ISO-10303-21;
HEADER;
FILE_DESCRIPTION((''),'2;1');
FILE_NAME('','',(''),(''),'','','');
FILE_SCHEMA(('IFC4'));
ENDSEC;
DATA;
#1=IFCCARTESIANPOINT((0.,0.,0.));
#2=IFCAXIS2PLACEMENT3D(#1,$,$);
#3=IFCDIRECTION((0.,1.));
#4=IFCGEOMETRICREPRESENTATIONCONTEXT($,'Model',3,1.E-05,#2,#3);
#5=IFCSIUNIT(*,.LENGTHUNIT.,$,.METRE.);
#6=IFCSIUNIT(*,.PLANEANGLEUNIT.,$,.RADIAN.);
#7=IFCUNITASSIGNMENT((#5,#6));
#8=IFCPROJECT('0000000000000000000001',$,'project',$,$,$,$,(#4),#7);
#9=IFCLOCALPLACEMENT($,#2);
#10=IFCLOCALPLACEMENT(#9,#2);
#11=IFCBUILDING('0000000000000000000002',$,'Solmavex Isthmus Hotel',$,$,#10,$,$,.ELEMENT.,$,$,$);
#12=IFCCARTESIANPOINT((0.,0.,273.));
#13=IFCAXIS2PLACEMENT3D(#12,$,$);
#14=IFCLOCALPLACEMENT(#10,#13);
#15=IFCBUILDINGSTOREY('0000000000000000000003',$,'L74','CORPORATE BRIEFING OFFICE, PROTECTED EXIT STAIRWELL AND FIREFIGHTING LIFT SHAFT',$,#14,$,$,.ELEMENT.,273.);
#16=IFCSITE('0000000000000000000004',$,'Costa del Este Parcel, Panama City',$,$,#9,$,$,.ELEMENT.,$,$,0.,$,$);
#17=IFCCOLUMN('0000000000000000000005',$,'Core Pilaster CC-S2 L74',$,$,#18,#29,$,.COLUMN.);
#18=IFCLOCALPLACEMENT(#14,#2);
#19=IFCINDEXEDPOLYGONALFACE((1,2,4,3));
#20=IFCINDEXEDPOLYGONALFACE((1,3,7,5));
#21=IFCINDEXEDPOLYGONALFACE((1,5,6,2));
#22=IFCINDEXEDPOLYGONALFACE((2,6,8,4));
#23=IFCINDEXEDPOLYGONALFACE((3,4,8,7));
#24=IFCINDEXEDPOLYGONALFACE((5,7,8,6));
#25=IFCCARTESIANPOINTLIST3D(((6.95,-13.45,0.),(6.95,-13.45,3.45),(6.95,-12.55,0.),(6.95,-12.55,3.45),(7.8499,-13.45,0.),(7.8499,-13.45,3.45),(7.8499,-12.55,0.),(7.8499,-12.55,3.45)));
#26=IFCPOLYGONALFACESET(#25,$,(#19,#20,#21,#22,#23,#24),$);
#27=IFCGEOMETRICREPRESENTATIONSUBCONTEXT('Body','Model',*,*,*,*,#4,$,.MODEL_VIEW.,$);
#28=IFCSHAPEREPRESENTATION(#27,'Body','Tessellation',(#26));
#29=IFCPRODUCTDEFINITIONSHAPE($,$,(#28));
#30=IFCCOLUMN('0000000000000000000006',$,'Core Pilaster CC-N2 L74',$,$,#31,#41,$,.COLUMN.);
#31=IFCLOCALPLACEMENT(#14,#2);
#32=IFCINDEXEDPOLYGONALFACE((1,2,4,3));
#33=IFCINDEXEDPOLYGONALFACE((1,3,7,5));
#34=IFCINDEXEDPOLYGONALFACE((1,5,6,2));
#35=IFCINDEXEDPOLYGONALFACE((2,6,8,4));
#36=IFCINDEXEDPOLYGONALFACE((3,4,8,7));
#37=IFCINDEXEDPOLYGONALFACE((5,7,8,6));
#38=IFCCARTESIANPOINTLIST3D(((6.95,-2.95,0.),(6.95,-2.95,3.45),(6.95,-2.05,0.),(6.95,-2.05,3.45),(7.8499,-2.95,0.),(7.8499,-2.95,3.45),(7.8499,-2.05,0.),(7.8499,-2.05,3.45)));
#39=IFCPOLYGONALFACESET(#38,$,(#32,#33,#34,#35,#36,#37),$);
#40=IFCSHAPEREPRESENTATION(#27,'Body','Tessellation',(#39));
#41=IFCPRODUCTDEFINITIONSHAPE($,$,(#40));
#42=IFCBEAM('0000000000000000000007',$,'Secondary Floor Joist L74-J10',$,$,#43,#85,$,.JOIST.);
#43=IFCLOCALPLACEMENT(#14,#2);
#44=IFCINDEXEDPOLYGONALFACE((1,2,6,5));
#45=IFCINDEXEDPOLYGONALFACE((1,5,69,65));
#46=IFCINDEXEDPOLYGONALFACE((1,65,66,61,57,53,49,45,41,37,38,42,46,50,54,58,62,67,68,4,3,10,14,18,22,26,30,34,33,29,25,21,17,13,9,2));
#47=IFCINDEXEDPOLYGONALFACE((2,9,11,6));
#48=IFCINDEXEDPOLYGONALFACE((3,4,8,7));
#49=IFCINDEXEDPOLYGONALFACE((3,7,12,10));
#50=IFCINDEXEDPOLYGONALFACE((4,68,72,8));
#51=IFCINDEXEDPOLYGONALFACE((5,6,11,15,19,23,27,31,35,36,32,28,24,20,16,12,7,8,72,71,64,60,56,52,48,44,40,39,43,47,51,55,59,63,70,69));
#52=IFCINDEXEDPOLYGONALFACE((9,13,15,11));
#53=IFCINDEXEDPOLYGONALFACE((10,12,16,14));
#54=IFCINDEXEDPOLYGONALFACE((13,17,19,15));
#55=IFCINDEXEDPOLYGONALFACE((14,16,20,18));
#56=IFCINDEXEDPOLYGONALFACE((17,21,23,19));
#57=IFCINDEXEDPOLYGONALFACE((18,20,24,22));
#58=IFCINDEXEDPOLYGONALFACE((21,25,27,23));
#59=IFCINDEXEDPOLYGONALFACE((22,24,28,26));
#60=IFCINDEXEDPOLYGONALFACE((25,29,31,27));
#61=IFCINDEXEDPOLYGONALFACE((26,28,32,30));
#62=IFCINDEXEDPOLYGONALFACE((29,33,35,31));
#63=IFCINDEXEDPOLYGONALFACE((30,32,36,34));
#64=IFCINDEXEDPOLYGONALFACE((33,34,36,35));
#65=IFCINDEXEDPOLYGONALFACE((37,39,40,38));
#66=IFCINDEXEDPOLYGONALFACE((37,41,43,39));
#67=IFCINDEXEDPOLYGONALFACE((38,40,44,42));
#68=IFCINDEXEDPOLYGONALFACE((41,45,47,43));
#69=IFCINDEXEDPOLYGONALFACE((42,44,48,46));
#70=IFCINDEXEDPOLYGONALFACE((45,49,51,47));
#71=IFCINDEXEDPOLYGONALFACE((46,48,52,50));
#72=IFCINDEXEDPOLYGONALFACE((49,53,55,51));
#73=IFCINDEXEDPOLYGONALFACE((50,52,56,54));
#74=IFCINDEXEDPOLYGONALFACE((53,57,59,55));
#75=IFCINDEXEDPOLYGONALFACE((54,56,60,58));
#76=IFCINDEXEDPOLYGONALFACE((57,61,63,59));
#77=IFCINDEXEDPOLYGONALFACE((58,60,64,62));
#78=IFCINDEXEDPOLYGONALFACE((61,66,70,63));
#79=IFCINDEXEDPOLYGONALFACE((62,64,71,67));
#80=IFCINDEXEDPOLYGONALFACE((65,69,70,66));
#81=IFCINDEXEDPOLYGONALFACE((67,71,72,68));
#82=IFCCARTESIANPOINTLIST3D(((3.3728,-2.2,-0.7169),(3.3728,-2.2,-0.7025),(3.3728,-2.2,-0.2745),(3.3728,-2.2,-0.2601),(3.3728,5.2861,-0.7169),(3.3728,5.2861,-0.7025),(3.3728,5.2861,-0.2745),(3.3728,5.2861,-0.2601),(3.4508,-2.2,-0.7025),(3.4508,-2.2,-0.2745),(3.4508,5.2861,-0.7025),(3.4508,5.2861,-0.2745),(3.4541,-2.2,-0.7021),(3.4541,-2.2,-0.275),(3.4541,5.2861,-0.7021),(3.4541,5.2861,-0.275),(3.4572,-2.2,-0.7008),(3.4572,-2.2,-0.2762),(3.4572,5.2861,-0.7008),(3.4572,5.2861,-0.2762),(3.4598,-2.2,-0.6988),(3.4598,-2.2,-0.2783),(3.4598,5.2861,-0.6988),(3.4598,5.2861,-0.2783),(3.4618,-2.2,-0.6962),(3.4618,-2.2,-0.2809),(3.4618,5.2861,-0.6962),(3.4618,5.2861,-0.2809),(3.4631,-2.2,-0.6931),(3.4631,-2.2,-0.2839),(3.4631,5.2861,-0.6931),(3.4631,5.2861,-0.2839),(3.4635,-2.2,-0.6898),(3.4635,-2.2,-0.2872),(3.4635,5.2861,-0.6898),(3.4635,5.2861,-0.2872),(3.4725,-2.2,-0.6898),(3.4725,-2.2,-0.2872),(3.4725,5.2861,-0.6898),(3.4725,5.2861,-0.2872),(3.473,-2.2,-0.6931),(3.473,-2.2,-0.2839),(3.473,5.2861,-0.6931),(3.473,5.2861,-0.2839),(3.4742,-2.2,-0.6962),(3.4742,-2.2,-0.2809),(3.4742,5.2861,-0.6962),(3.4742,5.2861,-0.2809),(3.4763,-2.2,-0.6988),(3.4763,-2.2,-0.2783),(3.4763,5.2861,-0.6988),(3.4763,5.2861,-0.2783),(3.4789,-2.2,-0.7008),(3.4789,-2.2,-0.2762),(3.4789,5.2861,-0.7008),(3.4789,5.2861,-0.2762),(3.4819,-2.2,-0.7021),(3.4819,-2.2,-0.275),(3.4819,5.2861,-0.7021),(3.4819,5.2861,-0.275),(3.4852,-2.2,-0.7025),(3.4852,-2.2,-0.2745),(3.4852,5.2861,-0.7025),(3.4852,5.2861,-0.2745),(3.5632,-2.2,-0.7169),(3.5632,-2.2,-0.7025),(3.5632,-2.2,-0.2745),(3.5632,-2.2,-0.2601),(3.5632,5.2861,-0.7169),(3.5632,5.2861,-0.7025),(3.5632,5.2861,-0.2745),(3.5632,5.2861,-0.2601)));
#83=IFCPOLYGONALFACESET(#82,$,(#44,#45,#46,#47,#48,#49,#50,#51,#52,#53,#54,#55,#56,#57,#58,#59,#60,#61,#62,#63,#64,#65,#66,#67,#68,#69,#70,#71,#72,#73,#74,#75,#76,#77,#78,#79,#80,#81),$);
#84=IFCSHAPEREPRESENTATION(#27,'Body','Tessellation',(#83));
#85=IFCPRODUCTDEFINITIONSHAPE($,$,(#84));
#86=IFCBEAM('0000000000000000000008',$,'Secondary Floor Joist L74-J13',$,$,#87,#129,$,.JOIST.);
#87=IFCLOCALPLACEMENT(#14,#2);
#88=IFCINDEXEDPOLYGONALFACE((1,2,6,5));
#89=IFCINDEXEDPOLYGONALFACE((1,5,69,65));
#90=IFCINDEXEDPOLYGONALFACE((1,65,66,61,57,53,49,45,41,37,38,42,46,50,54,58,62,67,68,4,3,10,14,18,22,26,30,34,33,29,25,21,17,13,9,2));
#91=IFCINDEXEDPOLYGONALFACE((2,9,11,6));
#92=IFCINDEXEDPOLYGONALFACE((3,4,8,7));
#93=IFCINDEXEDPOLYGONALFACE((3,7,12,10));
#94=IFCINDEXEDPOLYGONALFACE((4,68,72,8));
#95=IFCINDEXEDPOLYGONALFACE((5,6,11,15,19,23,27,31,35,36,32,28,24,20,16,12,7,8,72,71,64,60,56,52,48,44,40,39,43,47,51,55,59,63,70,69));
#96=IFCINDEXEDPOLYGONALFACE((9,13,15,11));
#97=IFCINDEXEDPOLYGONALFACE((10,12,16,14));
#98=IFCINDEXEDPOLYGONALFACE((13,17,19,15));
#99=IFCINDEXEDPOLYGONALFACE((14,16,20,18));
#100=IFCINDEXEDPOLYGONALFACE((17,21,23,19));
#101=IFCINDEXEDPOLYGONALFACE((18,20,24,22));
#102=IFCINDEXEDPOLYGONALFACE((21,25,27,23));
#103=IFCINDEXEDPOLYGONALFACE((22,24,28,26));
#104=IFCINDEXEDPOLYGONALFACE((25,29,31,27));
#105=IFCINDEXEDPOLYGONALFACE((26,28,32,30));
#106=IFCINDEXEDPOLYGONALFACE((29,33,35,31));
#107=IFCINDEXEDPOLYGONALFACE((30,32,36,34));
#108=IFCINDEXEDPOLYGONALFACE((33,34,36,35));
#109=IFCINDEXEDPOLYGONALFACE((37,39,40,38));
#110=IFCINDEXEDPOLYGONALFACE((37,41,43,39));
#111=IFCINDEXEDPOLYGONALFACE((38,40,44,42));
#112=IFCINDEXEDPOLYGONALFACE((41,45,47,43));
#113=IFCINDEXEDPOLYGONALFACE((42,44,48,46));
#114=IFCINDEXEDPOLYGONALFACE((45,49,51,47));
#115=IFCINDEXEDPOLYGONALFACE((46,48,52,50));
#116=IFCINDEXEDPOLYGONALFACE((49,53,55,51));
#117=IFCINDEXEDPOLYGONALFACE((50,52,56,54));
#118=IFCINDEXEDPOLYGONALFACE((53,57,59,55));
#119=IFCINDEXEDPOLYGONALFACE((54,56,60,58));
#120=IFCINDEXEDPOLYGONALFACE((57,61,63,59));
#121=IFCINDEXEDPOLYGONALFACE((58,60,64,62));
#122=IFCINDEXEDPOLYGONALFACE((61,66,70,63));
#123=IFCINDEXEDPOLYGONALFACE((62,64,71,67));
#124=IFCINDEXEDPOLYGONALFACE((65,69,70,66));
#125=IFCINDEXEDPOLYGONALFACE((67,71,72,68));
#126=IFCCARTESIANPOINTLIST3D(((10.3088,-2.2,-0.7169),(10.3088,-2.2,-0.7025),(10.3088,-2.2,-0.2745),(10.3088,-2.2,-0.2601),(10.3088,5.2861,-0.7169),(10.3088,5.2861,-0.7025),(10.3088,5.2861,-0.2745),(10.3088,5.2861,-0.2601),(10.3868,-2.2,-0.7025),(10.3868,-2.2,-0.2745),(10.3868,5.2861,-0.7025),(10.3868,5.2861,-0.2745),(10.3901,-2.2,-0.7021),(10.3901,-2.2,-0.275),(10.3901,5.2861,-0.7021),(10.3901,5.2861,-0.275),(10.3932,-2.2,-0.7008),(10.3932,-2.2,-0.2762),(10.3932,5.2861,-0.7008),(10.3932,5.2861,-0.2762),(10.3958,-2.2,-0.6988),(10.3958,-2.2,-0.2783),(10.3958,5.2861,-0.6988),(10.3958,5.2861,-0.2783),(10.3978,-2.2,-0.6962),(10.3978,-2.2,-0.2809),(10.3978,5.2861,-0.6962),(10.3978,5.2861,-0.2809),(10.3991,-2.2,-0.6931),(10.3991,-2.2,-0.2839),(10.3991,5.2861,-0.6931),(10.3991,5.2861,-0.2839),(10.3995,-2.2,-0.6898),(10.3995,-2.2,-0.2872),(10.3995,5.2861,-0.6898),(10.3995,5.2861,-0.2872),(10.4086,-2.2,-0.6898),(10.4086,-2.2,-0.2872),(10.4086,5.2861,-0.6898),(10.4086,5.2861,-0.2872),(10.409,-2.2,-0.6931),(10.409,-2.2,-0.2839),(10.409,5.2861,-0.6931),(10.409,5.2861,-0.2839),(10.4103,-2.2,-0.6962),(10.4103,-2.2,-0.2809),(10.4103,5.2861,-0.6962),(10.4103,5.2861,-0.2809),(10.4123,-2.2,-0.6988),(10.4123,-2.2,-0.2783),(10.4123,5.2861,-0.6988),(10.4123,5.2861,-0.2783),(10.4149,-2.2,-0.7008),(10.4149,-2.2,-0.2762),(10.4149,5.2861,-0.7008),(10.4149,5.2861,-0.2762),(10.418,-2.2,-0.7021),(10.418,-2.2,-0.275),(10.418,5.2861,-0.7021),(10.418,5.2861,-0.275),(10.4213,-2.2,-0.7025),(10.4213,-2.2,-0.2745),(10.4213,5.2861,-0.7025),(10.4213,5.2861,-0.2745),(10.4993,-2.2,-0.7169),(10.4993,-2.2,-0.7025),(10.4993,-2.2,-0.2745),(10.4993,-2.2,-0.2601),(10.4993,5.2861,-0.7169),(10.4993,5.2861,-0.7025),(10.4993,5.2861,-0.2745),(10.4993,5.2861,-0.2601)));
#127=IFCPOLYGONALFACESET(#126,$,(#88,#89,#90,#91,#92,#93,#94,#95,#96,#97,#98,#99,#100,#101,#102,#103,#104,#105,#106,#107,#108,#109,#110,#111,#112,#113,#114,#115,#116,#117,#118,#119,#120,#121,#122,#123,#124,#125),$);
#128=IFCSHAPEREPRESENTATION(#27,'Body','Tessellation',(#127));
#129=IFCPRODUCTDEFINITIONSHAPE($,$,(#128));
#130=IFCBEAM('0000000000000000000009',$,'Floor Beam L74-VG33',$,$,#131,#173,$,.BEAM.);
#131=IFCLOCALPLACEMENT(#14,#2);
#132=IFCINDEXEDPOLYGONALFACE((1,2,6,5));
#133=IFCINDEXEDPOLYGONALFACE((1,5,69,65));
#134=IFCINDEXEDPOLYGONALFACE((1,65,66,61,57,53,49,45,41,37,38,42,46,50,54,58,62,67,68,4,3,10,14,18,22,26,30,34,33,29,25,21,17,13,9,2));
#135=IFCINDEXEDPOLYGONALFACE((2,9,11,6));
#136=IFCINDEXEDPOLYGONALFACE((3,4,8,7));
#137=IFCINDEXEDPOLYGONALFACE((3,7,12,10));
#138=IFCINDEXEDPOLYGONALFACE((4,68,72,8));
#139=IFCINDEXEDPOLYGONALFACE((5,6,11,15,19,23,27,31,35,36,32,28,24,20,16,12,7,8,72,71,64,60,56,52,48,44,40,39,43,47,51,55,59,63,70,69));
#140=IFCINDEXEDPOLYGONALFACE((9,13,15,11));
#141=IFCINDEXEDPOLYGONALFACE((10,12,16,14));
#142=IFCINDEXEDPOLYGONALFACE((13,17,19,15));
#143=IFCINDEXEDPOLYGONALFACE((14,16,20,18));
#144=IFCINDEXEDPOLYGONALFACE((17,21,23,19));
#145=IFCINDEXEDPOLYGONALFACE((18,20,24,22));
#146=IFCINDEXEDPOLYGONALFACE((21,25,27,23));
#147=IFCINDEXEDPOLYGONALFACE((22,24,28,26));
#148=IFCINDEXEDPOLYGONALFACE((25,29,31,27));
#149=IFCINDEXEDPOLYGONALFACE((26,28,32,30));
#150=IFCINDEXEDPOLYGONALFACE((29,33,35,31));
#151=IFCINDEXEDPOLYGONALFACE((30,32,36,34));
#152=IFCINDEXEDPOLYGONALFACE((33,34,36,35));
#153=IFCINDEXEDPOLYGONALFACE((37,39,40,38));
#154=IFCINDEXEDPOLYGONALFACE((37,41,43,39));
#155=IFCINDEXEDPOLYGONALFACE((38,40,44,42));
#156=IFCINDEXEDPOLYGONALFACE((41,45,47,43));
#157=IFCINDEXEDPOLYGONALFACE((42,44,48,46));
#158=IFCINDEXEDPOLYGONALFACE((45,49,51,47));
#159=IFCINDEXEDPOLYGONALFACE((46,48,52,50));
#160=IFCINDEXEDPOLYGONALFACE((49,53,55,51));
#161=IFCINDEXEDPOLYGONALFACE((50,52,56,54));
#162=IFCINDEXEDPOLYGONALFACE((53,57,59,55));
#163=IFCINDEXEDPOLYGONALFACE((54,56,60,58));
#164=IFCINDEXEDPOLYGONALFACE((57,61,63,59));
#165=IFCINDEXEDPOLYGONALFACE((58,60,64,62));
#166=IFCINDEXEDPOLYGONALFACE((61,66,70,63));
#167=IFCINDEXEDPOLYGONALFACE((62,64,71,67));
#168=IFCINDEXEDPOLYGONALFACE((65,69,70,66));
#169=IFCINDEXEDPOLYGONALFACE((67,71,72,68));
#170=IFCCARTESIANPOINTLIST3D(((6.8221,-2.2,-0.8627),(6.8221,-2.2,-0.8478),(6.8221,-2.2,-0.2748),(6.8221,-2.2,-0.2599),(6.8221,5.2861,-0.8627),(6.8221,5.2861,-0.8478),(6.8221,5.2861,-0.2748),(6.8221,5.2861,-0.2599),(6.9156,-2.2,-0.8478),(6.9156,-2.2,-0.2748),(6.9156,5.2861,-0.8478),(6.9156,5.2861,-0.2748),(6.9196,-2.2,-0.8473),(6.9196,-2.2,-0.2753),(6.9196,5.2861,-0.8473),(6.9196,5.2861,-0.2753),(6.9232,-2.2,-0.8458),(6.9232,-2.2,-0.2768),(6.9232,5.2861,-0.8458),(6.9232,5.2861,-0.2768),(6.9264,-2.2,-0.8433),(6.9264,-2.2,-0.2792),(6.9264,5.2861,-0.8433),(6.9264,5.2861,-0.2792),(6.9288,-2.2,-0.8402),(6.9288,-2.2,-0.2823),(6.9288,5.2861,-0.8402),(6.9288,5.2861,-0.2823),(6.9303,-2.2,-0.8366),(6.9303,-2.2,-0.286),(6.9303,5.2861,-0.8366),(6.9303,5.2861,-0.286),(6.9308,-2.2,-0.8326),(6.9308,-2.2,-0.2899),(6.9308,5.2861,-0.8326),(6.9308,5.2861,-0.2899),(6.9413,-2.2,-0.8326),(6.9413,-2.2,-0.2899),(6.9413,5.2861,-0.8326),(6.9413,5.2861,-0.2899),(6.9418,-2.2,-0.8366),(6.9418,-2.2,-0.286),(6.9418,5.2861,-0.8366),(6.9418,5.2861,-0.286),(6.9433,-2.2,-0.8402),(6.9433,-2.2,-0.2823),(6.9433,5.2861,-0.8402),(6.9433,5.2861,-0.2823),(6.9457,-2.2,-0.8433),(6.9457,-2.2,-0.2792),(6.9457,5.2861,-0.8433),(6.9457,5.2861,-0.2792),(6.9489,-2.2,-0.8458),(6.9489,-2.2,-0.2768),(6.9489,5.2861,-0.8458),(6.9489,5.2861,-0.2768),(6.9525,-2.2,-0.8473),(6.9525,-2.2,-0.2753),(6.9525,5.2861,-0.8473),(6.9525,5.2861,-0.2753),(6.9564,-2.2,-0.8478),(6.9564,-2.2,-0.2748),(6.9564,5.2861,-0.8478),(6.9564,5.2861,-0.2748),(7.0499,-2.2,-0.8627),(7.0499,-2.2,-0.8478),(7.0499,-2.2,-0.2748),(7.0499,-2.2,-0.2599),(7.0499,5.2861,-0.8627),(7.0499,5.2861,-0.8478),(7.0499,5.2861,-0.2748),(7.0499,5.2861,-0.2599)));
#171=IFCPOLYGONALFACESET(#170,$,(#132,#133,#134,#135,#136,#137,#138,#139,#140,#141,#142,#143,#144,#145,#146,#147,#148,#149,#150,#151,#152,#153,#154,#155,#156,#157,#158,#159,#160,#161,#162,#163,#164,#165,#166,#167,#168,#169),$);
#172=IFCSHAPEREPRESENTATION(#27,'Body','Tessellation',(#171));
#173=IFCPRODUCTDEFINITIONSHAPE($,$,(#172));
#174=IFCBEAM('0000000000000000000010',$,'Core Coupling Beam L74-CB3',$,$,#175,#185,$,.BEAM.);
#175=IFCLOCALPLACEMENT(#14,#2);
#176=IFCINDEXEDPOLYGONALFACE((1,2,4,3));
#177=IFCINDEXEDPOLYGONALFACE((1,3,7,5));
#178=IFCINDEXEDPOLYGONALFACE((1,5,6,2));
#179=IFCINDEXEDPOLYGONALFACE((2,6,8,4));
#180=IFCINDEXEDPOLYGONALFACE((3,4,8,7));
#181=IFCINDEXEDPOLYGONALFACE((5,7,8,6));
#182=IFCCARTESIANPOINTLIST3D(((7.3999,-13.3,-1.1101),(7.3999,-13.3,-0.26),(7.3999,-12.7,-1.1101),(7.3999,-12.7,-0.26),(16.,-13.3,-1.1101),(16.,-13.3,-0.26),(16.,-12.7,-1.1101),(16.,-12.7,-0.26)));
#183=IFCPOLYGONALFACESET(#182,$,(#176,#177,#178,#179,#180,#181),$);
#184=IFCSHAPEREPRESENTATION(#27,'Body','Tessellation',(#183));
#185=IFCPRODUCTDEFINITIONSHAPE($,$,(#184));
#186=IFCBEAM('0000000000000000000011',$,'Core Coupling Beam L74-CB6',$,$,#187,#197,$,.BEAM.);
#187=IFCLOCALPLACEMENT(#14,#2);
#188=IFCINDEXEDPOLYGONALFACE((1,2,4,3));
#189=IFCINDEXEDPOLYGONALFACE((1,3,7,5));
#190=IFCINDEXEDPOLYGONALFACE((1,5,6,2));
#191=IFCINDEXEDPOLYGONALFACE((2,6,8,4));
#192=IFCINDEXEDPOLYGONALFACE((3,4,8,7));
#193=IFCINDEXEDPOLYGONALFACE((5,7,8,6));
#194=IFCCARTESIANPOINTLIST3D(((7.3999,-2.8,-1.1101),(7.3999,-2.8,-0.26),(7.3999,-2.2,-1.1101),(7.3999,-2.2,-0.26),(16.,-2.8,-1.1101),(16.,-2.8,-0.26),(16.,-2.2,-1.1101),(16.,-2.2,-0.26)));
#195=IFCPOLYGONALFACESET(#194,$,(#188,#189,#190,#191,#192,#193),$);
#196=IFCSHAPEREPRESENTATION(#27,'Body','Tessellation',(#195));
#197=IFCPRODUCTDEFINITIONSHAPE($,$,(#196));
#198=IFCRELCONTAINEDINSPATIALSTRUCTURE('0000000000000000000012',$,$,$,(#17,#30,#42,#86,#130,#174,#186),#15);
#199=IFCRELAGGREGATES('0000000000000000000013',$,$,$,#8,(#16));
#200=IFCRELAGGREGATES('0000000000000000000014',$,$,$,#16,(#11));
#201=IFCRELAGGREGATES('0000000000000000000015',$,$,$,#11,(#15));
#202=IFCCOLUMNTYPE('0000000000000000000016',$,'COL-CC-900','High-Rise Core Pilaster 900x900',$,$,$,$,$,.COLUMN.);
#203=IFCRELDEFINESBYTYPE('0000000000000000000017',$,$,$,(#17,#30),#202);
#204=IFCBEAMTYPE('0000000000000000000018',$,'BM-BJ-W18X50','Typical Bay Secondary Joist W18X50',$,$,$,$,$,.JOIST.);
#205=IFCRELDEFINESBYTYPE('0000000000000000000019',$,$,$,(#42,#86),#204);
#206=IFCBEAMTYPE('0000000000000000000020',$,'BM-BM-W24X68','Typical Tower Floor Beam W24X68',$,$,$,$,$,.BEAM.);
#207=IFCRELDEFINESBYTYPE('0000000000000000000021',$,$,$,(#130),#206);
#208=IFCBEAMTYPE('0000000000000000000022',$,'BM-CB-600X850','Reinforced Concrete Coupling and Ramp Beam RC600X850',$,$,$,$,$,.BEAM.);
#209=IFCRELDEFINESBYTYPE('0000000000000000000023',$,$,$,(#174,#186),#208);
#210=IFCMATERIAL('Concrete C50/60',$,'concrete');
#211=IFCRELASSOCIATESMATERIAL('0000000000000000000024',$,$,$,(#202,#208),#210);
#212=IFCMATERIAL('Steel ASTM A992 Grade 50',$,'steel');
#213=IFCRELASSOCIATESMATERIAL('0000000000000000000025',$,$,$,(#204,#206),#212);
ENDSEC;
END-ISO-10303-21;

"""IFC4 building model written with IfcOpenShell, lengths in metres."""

from ifc_helpers import new_model, si_unit, direction, frame, origin, origin_2d, place, context, subcontext, project, spatial, rectangle, i_section, extrude, material, material_profile, profile_set, type_object, element, save


model = new_model("IFC4")

# Units and contexts
model_context = context("Model", 3, precision=1e-05, world=origin(), true_north=direction((0.0, 1.0)))
body_context = subcontext(model_context, "Body", "Model", "MODEL_VIEW")
ifc_project = project(units=[si_unit("LENGTHUNIT", "METRE"), si_unit("PLANEANGLEUNIT", "RADIAN")], contexts=[model_context])

# Site, building, storey
site_placement = place(None, origin())
site = spatial("IfcSite", under=ifc_project, at=site_placement, Name="Costa del Este Parcel, Panama City", CompositionType="ELEMENT", RefElevation=0.0)
building_placement = place(site_placement, origin())
building = spatial("IfcBuilding", under=site, at=building_placement, Name="Solmavex Isthmus Hotel", CompositionType="ELEMENT")
storey_placement = place(building_placement, frame((0.0, 0.0, 273.0)))
storey = spatial("IfcBuildingStorey", under=building, at=storey_placement, Name="L74", Description="CORPORATE BRIEFING OFFICE, PROTECTED EXIT STAIRWELL AND FIREFIGHTING LIFT SHAFT", CompositionType="ELEMENT", Elevation=273.0)

# Columns
ifc_material_1 = material(Name="Concrete C50/60", Category="concrete")
ifc_material_profile_1 = material_profile(ifc_material_1, rectangle(XDim=0.8999, YDim=0.8999, at=origin_2d()), Name="RC900X900")
ifc_profile_set_1 = profile_set([ifc_material_profile_1], Name="Concrete C50/60")
column_type = type_object("IfcColumnType", Name="COL-CC-900", Description="High-Rise Core Pilaster 900x900", PredefinedType="COLUMN", material=ifc_profile_set_1)
for number, where, z_axis, x_axis, name in (
    (1, (7.3999, -13.0, 0.0), (0.0, 0.0, 1.0), (1.0, 0.0, 0.0), "Core Pilaster CC-S2 L74"),
    (2, (7.3999, -2.5, 0.0), (0.0, 0.0, 1.0), (1.0, 0.0, 0.0), "Core Pilaster CC-N2 L74"),
):
    element("IfcColumn", number, at=place(storey_placement, frame(where, z_axis=z_axis, x_axis=x_axis)), inside=storey, type_object=column_type, Name=name, PredefinedType="COLUMN", context=body_context, shape_type="SweptSolid", body=[
        extrude(rectangle(XDim=0.8999, YDim=0.8999, at=origin_2d()), origin(), (0.0, 0.0, 1.0), 3.45),
    ])

# Beams
ifc_material_2 = material(Name="Steel ASTM A992 Grade 50", Category="steel")
ifc_material_profile_2 = material_profile(ifc_material_2, i_section(OverallWidth=0.1904, OverallDepth=0.4568, WebThickness=0.009, FlangeThickness=0.0144, FilletRadius=0.0127, at=origin_2d()), Name="W18X50")
ifc_profile_set_2 = profile_set([ifc_material_profile_2], Name="Steel ASTM A992 Grade 50")
beam_type_1 = type_object("IfcBeamType", Name="BM-BJ-W18X50", Description="Typical Bay Secondary Joist W18X50", PredefinedType="JOIST", material=ifc_profile_set_2)
for number, where, z_axis, x_axis, name in (
    (3, (3.468, -2.2, -0.4885), (0.0, 1.0, 0.0), (-1.0, 0.0, 0.0), "Secondary Floor Joist L74-J10"),
    (4, (10.4041, -2.2, -0.4885), (0.0, 1.0, 0.0), (-1.0, 0.0, 0.0), "Secondary Floor Joist L74-J13"),
):
    element("IfcBeam", number, at=place(storey_placement, frame(where, z_axis=z_axis, x_axis=x_axis)), inside=storey, type_object=beam_type_1, Name=name, PredefinedType="JOIST", context=body_context, shape_type="SweptSolid", body=[
        extrude(i_section(OverallWidth=0.1904, OverallDepth=0.4568, WebThickness=0.009, FlangeThickness=0.0144, FilletRadius=0.0127, at=origin_2d()), origin(), (0.0, 0.0, 1.0), 7.4861),
    ])
ifc_material_profile_3 = material_profile(ifc_material_2, i_section(OverallWidth=0.2278, OverallDepth=0.6028, WebThickness=0.0105, FlangeThickness=0.0149, FilletRadius=0.0151, at=origin_2d()), Name="W24X68")
ifc_profile_set_3 = profile_set([ifc_material_profile_3], Name="Steel ASTM A992 Grade 50")
beam_type_2 = type_object("IfcBeamType", Name="BM-BM-W24X68", Description="Typical Tower Floor Beam W24X68", PredefinedType="BEAM", material=ifc_profile_set_3)
beam_placement = place(storey_placement, frame((6.936, -2.2, -0.5613), z_axis=(0.0, 1.0, 0.0), x_axis=(-1.0, 0.0, 0.0)))
element("IfcBeam", 5, at=beam_placement, inside=storey, type_object=beam_type_2, Name="Floor Beam L74-VG33", PredefinedType="BEAM", context=body_context, shape_type="SweptSolid", body=[
    extrude(i_section(OverallWidth=0.2278, OverallDepth=0.6028, WebThickness=0.0105, FlangeThickness=0.0149, FilletRadius=0.0151, at=origin_2d()), origin(), (0.0, 0.0, 1.0), 7.4861),
])
ifc_material_profile_4 = material_profile(ifc_material_1, rectangle(XDim=0.6001, YDim=0.8501, at=origin_2d()), Name="RC600X850")
ifc_profile_set_4 = profile_set([ifc_material_profile_4], Name="Concrete C50/60")
beam_type_3 = type_object("IfcBeamType", Name="BM-CB-600X850", Description="Reinforced Concrete Coupling and Ramp Beam RC600X850", PredefinedType="BEAM", material=ifc_profile_set_4)
for number, where, z_axis, x_axis, name in (
    (6, (7.3999, -13.0, -0.6851), (1.0, 0.0, 0.0), (0.0, 1.0, 0.0), "Core Coupling Beam L74-CB3"),
    (7, (7.3999, -2.5, -0.6851), (1.0, 0.0, 0.0), (0.0, 1.0, 0.0), "Core Coupling Beam L74-CB6"),
):
    element("IfcBeam", number, at=place(storey_placement, frame(where, z_axis=z_axis, x_axis=x_axis)), inside=storey, type_object=beam_type_3, Name=name, PredefinedType="BEAM", context=body_context, shape_type="SweptSolid", body=[
        extrude(rectangle(XDim=0.6001, YDim=0.8501, at=origin_2d()), origin(), (0.0, 0.0, 1.0), 8.6001),
    ])

save(model, "model.ifc")
